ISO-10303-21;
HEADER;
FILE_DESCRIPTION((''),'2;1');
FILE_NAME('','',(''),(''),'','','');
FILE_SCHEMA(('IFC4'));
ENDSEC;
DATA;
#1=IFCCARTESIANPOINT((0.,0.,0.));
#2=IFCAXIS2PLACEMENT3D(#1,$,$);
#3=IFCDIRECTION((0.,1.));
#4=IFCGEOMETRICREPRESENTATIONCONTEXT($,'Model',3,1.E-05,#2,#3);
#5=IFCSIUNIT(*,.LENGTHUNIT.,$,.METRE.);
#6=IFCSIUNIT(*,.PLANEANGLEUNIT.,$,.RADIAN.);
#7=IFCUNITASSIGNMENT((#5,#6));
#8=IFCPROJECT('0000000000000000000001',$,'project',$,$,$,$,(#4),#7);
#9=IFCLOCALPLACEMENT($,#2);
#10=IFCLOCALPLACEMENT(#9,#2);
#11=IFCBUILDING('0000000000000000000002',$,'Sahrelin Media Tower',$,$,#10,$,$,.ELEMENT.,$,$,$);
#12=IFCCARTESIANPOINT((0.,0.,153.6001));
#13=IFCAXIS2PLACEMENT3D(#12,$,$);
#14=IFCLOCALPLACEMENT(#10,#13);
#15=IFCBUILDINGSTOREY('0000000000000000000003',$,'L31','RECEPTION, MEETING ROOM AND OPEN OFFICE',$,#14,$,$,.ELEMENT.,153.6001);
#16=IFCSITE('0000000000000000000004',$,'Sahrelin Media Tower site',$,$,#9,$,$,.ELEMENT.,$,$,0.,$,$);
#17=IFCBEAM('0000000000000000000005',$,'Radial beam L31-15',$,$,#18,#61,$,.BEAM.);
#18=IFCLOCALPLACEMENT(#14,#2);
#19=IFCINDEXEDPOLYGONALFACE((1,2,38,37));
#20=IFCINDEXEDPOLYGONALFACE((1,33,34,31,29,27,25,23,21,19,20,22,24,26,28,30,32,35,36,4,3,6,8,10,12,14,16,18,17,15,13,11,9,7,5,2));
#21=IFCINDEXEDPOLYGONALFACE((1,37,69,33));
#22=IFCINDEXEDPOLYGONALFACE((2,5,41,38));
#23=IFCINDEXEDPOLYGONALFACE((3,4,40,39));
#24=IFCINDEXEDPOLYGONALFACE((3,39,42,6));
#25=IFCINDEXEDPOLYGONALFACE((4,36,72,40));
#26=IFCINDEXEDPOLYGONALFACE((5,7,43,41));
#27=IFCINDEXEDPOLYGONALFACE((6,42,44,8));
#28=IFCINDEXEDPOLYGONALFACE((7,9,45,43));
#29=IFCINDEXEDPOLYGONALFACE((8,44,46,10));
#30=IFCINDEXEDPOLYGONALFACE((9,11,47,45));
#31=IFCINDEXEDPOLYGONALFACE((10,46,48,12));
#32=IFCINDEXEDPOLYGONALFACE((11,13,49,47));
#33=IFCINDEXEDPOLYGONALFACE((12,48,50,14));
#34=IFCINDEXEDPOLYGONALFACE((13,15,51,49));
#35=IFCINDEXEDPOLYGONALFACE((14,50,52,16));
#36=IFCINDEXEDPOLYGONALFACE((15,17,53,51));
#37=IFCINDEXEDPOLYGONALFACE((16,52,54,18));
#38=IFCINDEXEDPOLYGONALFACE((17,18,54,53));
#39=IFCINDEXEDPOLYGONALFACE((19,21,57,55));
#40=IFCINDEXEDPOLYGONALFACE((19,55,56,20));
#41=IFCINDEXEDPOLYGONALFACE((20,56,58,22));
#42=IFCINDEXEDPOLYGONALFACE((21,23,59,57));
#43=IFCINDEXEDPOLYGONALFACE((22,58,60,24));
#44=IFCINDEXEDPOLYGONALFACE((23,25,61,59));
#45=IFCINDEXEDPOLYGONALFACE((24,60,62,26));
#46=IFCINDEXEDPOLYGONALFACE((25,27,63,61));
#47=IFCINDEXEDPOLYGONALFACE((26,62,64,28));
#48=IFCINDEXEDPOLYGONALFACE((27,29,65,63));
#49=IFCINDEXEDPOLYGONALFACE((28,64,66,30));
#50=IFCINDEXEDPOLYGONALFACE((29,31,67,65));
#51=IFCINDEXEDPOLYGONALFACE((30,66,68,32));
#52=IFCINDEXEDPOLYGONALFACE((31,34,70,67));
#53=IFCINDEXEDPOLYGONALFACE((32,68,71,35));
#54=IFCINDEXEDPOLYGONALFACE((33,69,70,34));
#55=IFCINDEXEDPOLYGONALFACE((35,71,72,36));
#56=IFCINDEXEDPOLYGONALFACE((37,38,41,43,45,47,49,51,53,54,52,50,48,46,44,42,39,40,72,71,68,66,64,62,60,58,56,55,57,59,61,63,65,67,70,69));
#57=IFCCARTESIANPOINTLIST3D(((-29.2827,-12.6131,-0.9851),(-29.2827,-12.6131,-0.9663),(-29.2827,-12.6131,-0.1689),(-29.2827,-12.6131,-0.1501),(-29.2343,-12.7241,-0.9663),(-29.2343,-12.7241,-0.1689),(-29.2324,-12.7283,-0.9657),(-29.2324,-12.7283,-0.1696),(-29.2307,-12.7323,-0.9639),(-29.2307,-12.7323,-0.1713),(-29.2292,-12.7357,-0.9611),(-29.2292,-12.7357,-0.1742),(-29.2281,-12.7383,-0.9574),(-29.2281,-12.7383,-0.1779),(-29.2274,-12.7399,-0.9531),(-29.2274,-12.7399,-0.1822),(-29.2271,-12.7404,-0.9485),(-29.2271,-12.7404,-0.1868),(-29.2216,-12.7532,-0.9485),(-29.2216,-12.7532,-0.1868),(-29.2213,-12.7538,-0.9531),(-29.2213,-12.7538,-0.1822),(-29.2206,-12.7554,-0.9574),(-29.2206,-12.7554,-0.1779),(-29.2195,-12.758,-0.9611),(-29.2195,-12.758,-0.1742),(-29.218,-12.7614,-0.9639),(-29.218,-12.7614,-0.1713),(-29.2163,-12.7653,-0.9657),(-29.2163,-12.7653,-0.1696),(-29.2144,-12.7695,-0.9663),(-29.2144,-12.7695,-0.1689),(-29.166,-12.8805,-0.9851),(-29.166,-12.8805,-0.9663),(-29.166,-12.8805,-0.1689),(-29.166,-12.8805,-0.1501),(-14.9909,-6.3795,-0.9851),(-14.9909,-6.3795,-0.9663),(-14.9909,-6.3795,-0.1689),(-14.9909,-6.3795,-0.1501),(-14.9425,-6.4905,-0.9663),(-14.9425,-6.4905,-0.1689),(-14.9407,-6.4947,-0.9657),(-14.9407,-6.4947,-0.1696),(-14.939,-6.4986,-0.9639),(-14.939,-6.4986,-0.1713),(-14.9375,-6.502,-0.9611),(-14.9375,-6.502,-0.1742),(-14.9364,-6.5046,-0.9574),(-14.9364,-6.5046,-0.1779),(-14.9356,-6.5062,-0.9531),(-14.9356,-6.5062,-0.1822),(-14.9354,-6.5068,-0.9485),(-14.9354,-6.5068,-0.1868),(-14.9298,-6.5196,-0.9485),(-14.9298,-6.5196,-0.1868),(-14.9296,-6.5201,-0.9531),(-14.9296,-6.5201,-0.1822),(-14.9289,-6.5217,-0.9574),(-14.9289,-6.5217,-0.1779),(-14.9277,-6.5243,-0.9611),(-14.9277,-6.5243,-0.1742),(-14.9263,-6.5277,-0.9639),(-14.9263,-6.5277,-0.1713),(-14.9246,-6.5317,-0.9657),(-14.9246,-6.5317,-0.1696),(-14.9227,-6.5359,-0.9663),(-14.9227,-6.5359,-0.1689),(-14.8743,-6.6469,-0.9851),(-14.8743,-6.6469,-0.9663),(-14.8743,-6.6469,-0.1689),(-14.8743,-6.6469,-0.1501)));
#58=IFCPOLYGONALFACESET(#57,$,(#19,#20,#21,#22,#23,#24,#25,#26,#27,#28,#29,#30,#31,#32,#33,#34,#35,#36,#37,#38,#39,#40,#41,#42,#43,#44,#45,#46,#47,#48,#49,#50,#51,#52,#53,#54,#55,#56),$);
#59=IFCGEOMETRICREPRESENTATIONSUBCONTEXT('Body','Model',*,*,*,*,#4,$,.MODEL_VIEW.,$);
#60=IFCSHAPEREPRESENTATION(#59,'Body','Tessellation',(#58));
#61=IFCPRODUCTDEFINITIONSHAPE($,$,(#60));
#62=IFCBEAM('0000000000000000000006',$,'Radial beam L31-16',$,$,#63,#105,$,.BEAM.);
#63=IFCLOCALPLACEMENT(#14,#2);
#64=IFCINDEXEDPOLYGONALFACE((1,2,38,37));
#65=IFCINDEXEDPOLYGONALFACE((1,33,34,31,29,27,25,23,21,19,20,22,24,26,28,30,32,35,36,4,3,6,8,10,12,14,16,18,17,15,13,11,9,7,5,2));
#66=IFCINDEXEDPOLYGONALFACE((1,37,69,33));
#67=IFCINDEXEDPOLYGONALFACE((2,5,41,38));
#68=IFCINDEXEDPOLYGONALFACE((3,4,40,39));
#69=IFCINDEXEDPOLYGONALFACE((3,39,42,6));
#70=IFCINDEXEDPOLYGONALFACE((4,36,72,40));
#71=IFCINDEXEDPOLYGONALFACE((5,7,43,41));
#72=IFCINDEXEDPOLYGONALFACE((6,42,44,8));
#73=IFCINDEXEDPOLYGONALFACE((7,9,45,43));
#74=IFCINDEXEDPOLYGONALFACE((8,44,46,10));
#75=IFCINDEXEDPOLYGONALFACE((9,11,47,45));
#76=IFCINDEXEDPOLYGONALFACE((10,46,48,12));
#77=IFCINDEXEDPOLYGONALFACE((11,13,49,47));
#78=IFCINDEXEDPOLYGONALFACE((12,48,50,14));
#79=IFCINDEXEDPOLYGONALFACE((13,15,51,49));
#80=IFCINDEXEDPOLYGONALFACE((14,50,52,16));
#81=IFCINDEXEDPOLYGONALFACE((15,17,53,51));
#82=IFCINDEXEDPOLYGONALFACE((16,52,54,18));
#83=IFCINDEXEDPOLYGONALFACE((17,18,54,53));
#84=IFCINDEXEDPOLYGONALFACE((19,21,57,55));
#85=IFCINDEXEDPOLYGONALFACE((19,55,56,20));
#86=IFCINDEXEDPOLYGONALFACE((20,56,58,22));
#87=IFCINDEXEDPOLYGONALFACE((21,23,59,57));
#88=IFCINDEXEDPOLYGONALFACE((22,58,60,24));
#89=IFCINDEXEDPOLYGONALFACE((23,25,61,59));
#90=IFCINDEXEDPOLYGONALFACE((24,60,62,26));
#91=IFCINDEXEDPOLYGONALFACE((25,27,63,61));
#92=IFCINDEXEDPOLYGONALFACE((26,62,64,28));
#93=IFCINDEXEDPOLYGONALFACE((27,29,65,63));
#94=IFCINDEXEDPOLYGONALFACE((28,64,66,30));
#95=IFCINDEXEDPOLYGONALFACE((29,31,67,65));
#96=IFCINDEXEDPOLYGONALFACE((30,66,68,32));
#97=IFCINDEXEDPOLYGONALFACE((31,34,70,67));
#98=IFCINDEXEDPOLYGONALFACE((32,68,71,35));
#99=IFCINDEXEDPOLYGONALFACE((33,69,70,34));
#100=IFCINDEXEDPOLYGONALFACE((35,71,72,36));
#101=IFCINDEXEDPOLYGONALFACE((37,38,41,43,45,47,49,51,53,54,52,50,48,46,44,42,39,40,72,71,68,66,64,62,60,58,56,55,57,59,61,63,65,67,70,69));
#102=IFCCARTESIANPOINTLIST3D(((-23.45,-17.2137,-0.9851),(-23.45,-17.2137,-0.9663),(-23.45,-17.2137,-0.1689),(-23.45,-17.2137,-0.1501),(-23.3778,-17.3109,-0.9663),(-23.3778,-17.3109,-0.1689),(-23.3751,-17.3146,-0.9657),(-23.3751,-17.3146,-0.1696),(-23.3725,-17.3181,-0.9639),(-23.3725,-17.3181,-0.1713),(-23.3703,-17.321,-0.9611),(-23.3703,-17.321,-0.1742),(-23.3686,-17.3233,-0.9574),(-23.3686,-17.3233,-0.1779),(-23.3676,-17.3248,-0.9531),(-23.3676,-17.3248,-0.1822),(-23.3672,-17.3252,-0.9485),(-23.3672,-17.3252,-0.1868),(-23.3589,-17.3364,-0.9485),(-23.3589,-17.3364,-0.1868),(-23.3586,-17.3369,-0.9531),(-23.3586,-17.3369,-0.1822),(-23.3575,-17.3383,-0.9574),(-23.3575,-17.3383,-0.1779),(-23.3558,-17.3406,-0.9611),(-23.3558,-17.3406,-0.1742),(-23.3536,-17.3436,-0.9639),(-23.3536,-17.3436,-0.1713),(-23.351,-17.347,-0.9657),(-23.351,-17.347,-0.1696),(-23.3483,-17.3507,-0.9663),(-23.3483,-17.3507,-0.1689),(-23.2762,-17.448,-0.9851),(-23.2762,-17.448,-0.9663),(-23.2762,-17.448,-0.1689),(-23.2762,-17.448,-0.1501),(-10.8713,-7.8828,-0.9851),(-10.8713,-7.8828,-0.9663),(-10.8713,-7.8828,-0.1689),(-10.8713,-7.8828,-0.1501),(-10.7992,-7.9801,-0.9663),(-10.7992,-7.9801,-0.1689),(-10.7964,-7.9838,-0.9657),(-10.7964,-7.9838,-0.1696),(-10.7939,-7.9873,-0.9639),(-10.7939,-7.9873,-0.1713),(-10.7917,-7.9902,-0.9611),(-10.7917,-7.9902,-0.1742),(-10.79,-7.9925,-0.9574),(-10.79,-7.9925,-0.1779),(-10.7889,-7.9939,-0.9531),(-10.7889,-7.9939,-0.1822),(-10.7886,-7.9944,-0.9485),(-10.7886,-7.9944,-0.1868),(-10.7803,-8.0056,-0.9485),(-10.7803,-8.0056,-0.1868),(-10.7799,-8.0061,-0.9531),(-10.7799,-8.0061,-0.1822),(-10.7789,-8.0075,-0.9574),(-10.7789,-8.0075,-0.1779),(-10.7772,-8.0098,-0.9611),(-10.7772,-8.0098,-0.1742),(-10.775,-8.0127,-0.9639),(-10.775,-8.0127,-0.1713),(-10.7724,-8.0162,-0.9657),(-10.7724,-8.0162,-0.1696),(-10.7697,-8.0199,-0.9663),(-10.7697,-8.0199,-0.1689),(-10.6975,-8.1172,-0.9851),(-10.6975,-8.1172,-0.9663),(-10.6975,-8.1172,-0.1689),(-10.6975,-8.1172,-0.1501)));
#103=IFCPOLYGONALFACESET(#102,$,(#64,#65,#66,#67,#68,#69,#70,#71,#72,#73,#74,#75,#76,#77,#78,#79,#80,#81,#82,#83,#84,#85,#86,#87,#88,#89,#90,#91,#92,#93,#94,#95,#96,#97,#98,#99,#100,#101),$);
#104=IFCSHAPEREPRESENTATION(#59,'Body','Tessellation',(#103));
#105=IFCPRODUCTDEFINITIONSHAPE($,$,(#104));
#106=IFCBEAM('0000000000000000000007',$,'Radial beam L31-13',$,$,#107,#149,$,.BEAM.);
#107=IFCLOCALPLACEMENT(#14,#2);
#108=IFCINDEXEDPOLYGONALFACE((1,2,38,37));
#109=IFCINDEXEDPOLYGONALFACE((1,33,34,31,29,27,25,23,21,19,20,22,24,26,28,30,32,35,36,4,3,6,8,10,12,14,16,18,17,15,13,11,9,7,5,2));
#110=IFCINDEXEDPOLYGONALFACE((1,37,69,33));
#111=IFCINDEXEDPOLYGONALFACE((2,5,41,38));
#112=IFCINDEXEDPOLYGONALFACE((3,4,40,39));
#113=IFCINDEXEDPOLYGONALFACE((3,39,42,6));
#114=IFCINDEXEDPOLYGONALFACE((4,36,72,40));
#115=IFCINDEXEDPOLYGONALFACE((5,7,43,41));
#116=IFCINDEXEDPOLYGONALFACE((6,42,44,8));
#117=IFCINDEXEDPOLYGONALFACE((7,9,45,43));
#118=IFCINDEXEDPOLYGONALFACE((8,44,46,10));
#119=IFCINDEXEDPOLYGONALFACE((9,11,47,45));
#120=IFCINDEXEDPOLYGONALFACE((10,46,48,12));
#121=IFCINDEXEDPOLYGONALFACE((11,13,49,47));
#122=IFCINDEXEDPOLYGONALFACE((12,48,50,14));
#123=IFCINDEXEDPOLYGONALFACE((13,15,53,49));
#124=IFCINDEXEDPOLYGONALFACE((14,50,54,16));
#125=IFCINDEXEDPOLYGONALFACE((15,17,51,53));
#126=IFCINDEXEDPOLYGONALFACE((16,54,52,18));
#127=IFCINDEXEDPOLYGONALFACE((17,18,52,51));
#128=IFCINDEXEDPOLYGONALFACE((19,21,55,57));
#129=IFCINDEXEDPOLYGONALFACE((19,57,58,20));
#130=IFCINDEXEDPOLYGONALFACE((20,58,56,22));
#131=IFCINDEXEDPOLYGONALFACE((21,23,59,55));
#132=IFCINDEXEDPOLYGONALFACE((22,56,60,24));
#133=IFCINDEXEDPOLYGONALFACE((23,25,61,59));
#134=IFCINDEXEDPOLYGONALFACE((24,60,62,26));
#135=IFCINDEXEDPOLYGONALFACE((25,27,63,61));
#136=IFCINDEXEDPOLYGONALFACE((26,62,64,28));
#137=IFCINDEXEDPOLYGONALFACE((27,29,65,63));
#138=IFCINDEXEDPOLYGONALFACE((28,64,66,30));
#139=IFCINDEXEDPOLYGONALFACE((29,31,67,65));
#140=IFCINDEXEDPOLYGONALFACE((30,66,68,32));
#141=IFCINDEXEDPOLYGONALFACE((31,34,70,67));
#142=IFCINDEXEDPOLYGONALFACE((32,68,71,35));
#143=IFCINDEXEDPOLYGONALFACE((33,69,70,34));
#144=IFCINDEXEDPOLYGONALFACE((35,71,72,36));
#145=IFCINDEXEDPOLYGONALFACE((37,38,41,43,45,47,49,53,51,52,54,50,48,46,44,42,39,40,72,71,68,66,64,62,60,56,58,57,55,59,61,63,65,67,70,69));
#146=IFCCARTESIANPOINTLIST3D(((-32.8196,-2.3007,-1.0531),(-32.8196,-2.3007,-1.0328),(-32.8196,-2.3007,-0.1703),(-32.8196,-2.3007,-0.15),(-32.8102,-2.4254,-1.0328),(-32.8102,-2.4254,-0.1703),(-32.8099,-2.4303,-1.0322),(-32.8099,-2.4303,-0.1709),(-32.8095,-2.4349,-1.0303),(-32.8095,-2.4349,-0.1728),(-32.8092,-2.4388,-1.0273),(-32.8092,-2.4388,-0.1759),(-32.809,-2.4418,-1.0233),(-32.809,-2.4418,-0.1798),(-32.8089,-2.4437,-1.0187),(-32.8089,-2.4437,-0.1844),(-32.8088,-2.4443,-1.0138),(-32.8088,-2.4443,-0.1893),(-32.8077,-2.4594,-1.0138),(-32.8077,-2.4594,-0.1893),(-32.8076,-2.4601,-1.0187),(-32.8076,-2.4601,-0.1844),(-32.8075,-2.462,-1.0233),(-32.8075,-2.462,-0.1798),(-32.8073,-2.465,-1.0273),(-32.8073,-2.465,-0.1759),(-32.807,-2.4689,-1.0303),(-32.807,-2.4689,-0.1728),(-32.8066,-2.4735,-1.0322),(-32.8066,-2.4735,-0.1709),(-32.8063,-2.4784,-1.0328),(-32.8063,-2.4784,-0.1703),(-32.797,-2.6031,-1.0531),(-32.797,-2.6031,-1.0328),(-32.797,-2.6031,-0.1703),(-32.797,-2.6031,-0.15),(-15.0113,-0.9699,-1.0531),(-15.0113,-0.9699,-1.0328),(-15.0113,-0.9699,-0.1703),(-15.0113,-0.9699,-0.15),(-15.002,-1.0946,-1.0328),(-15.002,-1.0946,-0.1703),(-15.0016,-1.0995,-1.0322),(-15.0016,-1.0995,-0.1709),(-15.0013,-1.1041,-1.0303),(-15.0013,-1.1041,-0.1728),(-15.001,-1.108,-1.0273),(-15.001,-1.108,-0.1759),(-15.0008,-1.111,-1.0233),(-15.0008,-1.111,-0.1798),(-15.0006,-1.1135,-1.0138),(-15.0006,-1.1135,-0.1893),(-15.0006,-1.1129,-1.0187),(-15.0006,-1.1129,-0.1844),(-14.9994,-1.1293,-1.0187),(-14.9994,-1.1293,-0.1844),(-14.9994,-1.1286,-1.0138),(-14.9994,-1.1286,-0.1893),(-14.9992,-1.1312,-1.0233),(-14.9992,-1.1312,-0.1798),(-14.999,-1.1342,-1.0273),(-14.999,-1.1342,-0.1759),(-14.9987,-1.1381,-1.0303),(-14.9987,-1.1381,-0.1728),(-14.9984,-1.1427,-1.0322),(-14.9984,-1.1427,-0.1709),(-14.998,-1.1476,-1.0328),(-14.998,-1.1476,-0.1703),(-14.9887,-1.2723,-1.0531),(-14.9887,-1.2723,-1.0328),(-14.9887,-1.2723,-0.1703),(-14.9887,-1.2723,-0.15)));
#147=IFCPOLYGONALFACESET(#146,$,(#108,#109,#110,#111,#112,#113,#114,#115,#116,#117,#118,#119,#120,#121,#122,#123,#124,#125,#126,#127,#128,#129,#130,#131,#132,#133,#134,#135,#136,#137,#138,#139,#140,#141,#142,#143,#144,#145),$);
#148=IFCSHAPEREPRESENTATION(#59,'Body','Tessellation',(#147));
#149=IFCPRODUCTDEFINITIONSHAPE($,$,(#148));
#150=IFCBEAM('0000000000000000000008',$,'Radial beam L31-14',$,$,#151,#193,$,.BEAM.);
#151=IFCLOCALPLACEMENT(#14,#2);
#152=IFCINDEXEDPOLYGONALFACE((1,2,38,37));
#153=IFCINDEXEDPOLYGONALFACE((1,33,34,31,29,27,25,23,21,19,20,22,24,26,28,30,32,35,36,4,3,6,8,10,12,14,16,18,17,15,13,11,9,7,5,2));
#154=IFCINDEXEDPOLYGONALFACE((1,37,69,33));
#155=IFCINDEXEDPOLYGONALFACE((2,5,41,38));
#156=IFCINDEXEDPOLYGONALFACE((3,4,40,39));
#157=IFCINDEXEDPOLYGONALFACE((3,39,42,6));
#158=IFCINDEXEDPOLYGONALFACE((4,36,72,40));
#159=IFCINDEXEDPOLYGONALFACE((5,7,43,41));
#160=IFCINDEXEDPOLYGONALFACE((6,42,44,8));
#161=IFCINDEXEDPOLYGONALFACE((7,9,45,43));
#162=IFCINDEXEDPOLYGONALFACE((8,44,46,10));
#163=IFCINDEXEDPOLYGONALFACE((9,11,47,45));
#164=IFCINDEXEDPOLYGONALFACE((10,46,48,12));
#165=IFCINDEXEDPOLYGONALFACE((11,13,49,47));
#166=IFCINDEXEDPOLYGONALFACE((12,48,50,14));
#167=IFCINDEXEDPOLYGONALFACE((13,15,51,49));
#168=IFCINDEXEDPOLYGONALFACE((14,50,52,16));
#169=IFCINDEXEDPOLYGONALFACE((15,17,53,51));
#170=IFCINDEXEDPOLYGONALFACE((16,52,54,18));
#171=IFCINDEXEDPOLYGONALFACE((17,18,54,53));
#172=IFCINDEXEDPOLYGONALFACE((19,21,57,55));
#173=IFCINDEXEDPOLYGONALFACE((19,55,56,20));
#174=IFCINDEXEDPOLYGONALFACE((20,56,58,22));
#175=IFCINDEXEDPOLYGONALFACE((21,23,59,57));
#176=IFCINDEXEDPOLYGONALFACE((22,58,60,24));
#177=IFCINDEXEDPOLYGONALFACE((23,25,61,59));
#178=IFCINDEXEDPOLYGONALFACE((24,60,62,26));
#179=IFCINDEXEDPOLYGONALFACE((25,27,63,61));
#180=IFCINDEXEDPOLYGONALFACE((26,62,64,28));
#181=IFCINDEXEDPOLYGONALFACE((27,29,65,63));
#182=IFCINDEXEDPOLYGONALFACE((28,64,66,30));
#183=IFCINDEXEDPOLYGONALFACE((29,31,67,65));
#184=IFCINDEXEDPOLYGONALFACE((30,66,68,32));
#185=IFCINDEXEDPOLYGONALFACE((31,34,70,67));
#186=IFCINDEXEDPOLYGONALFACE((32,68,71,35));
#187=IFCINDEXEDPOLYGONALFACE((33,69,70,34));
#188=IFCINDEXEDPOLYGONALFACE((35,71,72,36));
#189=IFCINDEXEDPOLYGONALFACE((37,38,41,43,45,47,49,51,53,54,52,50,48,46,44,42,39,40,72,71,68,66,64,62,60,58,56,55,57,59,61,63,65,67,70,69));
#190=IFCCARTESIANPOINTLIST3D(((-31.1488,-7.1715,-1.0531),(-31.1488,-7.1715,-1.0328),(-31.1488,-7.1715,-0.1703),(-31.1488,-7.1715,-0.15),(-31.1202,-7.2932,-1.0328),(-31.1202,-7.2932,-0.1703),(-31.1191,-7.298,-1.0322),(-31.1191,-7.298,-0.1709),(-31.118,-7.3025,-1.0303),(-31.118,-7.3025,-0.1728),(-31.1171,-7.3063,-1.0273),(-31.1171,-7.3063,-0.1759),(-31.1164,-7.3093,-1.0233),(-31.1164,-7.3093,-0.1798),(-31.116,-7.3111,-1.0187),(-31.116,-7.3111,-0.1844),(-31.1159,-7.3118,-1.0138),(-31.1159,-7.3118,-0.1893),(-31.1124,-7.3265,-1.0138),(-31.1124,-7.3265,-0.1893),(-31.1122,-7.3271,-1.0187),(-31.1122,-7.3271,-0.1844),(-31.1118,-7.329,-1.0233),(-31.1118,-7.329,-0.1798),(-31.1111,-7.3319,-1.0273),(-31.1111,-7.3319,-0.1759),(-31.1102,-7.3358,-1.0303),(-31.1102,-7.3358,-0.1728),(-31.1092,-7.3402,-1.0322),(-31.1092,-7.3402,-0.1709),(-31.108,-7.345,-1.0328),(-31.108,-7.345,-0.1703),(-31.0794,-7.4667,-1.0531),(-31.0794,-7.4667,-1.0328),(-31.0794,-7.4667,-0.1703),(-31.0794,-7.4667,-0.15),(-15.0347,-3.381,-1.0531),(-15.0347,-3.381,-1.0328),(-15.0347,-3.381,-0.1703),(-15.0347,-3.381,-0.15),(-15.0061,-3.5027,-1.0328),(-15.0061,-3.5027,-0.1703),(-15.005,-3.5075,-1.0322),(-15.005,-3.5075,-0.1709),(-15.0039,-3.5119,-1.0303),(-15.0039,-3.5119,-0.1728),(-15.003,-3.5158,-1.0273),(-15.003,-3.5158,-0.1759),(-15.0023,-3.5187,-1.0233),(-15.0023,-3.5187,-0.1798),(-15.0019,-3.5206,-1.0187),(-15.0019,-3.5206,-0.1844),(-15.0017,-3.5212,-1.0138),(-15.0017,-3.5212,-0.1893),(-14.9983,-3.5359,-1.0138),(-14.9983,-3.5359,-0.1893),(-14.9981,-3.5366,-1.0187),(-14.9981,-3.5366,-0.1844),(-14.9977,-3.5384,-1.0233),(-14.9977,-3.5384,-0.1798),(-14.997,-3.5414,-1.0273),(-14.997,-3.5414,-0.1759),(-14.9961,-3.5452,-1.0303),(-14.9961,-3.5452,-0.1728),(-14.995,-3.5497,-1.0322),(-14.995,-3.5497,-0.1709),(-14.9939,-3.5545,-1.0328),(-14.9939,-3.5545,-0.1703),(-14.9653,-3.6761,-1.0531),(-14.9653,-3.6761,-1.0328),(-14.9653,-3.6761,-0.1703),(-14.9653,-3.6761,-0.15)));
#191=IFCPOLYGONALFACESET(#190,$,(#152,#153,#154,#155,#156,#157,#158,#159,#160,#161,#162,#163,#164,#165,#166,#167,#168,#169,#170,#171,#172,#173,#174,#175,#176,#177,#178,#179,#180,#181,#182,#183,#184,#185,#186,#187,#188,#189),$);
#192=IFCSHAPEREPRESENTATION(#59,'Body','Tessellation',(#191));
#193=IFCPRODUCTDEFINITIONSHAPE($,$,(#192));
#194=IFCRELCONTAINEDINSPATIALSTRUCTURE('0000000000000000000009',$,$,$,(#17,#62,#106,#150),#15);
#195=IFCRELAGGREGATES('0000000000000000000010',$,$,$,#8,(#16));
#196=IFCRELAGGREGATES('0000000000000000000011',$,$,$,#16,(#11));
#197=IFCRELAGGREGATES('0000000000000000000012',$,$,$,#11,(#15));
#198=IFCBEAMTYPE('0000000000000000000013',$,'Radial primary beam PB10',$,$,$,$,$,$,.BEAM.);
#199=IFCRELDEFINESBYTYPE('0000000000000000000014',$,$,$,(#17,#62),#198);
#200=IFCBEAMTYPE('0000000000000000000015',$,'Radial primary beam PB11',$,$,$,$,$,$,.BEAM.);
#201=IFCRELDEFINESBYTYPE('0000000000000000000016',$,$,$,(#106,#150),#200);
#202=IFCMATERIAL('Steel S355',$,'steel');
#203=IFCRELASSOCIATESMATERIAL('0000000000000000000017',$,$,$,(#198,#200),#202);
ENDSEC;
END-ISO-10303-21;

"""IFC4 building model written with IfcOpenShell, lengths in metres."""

from ifc_helpers import new_model, si_unit, direction, frame, origin, origin_2d, place, context, subcontext, project, spatial, i_section, extrude, material, material_profile, profile_set, type_object, element, save


model = new_model("IFC4")

# Units and contexts
model_context = context("Model", 3, precision=1e-05, world=origin(), true_north=direction((0.0, 1.0)))
body_context = subcontext(model_context, "Body", "Model", "MODEL_VIEW")
ifc_project = project(units=[si_unit("LENGTHUNIT", "METRE"), si_unit("PLANEANGLEUNIT", "RADIAN")], contexts=[model_context])

# Site, building, storey
site_placement = place(None, origin())
site = spatial("IfcSite", under=ifc_project, at=site_placement, Name="Sahrelin Media Tower site", CompositionType="ELEMENT", RefElevation=0.0)
building_placement = place(site_placement, origin())
building = spatial("IfcBuilding", under=site, at=building_placement, Name="Sahrelin Media Tower", CompositionType="ELEMENT")
storey_placement = place(building_placement, frame((0.0, 0.0, 153.6001)))
storey = spatial("IfcBuildingStorey", under=building, at=storey_placement, Name="L31", Description="RECEPTION, MEETING ROOM AND OPEN OFFICE", CompositionType="ELEMENT", Elevation=153.6001)

# Beams
ifc_material_1 = material(Name="Steel S355", Category="steel")
ifc_material_profile_1 = material_profile(ifc_material_1, i_section(OverallWidth=0.2917, OverallDepth=0.835, WebThickness=0.0139, FlangeThickness=0.0188, FilletRadius=0.0178, at=origin_2d()), Name="UB 838x292x176")
ifc_profile_set_1 = profile_set([ifc_material_profile_1], Name="Steel S355")
beam_type_1 = type_object("IfcBeamType", Name="Radial primary beam PB10", PredefinedType="BEAM", material=ifc_profile_set_1)
beam_1_placement = place(storey_placement, frame((-14.9326, -6.5132, -0.5676), z_axis=(-0.916604, -0.399796, 0.0), x_axis=(0.399796, -0.916604, 0.0)))
element("IfcBeam", 1, at=beam_1_placement, inside=storey, type_object=beam_type_1, Name="Radial beam L31-15", PredefinedType="BEAM", context=body_context, shape_type="SweptSolid", body=[
    extrude(i_section(OverallWidth=0.2917, OverallDepth=0.835, WebThickness=0.0139, FlangeThickness=0.0188, FilletRadius=0.0178, at=origin_2d()), origin(), (0.0, 0.0, 1.0), 15.592),
])
beam_2_placement = place(storey_placement, frame((-10.7844, -8.0, -0.5676), z_axis=(-0.80315, -0.595777, 0.0), x_axis=(0.595777, -0.80315, 0.0)))
element("IfcBeam", 2, at=beam_2_placement, inside=storey, type_object=beam_type_1, Name="Radial beam L31-16", PredefinedType="BEAM", context=body_context, shape_type="SweptSolid", body=[
    extrude(i_section(OverallWidth=0.2917, OverallDepth=0.835, WebThickness=0.0139, FlangeThickness=0.0188, FilletRadius=0.0178, at=origin_2d()), origin(), (0.0, 0.0, 1.0), 15.6616),
])
ifc_material_profile_2 = material_profile(ifc_material_1, i_section(OverallWidth=0.3032, OverallDepth=0.9031, WebThickness=0.0151, FlangeThickness=0.0203, FilletRadius=0.019, at=origin_2d()), Name="UB 914x305x201")
ifc_profile_set_2 = profile_set([ifc_material_profile_2], Name="Steel S355")
beam_type_2 = type_object("IfcBeamType", Name="Radial primary beam PB11", PredefinedType="BEAM", material=ifc_profile_set_2)
beam_3_placement = place(storey_placement, frame((-15.0, -1.1211, -0.6016), z_axis=(-0.997219, -0.074522, 0.0), x_axis=(0.074522, -0.997219, 0.0)))
element("IfcBeam", 3, at=beam_3_placement, inside=storey, type_object=beam_type_2, Name="Radial beam L31-13", PredefinedType="BEAM", context=body_context, shape_type="SweptSolid", body=[
    extrude(i_section(OverallWidth=0.3032, OverallDepth=0.9031, WebThickness=0.0151, FlangeThickness=0.0203, FilletRadius=0.019, at=origin_2d()), origin(), (0.0, 0.0, 1.0), 17.8579),
])
beam_4_placement = place(storey_placement, frame((-15.0, -3.5286, -0.6016), z_axis=(-0.973431, -0.228982, 0.0), x_axis=(0.228982, -0.973431, 0.0)))
element("IfcBeam", 4, at=beam_4_placement, inside=storey, type_object=beam_type_2, Name="Radial beam L31-14", PredefinedType="BEAM", context=body_context, shape_type="SweptSolid", body=[
    extrude(i_section(OverallWidth=0.3032, OverallDepth=0.9031, WebThickness=0.0151, FlangeThickness=0.0203, FilletRadius=0.019, at=origin_2d()), origin(), (0.0, 0.0, 1.0), 16.554),
])

save(model, "model.ifc")
